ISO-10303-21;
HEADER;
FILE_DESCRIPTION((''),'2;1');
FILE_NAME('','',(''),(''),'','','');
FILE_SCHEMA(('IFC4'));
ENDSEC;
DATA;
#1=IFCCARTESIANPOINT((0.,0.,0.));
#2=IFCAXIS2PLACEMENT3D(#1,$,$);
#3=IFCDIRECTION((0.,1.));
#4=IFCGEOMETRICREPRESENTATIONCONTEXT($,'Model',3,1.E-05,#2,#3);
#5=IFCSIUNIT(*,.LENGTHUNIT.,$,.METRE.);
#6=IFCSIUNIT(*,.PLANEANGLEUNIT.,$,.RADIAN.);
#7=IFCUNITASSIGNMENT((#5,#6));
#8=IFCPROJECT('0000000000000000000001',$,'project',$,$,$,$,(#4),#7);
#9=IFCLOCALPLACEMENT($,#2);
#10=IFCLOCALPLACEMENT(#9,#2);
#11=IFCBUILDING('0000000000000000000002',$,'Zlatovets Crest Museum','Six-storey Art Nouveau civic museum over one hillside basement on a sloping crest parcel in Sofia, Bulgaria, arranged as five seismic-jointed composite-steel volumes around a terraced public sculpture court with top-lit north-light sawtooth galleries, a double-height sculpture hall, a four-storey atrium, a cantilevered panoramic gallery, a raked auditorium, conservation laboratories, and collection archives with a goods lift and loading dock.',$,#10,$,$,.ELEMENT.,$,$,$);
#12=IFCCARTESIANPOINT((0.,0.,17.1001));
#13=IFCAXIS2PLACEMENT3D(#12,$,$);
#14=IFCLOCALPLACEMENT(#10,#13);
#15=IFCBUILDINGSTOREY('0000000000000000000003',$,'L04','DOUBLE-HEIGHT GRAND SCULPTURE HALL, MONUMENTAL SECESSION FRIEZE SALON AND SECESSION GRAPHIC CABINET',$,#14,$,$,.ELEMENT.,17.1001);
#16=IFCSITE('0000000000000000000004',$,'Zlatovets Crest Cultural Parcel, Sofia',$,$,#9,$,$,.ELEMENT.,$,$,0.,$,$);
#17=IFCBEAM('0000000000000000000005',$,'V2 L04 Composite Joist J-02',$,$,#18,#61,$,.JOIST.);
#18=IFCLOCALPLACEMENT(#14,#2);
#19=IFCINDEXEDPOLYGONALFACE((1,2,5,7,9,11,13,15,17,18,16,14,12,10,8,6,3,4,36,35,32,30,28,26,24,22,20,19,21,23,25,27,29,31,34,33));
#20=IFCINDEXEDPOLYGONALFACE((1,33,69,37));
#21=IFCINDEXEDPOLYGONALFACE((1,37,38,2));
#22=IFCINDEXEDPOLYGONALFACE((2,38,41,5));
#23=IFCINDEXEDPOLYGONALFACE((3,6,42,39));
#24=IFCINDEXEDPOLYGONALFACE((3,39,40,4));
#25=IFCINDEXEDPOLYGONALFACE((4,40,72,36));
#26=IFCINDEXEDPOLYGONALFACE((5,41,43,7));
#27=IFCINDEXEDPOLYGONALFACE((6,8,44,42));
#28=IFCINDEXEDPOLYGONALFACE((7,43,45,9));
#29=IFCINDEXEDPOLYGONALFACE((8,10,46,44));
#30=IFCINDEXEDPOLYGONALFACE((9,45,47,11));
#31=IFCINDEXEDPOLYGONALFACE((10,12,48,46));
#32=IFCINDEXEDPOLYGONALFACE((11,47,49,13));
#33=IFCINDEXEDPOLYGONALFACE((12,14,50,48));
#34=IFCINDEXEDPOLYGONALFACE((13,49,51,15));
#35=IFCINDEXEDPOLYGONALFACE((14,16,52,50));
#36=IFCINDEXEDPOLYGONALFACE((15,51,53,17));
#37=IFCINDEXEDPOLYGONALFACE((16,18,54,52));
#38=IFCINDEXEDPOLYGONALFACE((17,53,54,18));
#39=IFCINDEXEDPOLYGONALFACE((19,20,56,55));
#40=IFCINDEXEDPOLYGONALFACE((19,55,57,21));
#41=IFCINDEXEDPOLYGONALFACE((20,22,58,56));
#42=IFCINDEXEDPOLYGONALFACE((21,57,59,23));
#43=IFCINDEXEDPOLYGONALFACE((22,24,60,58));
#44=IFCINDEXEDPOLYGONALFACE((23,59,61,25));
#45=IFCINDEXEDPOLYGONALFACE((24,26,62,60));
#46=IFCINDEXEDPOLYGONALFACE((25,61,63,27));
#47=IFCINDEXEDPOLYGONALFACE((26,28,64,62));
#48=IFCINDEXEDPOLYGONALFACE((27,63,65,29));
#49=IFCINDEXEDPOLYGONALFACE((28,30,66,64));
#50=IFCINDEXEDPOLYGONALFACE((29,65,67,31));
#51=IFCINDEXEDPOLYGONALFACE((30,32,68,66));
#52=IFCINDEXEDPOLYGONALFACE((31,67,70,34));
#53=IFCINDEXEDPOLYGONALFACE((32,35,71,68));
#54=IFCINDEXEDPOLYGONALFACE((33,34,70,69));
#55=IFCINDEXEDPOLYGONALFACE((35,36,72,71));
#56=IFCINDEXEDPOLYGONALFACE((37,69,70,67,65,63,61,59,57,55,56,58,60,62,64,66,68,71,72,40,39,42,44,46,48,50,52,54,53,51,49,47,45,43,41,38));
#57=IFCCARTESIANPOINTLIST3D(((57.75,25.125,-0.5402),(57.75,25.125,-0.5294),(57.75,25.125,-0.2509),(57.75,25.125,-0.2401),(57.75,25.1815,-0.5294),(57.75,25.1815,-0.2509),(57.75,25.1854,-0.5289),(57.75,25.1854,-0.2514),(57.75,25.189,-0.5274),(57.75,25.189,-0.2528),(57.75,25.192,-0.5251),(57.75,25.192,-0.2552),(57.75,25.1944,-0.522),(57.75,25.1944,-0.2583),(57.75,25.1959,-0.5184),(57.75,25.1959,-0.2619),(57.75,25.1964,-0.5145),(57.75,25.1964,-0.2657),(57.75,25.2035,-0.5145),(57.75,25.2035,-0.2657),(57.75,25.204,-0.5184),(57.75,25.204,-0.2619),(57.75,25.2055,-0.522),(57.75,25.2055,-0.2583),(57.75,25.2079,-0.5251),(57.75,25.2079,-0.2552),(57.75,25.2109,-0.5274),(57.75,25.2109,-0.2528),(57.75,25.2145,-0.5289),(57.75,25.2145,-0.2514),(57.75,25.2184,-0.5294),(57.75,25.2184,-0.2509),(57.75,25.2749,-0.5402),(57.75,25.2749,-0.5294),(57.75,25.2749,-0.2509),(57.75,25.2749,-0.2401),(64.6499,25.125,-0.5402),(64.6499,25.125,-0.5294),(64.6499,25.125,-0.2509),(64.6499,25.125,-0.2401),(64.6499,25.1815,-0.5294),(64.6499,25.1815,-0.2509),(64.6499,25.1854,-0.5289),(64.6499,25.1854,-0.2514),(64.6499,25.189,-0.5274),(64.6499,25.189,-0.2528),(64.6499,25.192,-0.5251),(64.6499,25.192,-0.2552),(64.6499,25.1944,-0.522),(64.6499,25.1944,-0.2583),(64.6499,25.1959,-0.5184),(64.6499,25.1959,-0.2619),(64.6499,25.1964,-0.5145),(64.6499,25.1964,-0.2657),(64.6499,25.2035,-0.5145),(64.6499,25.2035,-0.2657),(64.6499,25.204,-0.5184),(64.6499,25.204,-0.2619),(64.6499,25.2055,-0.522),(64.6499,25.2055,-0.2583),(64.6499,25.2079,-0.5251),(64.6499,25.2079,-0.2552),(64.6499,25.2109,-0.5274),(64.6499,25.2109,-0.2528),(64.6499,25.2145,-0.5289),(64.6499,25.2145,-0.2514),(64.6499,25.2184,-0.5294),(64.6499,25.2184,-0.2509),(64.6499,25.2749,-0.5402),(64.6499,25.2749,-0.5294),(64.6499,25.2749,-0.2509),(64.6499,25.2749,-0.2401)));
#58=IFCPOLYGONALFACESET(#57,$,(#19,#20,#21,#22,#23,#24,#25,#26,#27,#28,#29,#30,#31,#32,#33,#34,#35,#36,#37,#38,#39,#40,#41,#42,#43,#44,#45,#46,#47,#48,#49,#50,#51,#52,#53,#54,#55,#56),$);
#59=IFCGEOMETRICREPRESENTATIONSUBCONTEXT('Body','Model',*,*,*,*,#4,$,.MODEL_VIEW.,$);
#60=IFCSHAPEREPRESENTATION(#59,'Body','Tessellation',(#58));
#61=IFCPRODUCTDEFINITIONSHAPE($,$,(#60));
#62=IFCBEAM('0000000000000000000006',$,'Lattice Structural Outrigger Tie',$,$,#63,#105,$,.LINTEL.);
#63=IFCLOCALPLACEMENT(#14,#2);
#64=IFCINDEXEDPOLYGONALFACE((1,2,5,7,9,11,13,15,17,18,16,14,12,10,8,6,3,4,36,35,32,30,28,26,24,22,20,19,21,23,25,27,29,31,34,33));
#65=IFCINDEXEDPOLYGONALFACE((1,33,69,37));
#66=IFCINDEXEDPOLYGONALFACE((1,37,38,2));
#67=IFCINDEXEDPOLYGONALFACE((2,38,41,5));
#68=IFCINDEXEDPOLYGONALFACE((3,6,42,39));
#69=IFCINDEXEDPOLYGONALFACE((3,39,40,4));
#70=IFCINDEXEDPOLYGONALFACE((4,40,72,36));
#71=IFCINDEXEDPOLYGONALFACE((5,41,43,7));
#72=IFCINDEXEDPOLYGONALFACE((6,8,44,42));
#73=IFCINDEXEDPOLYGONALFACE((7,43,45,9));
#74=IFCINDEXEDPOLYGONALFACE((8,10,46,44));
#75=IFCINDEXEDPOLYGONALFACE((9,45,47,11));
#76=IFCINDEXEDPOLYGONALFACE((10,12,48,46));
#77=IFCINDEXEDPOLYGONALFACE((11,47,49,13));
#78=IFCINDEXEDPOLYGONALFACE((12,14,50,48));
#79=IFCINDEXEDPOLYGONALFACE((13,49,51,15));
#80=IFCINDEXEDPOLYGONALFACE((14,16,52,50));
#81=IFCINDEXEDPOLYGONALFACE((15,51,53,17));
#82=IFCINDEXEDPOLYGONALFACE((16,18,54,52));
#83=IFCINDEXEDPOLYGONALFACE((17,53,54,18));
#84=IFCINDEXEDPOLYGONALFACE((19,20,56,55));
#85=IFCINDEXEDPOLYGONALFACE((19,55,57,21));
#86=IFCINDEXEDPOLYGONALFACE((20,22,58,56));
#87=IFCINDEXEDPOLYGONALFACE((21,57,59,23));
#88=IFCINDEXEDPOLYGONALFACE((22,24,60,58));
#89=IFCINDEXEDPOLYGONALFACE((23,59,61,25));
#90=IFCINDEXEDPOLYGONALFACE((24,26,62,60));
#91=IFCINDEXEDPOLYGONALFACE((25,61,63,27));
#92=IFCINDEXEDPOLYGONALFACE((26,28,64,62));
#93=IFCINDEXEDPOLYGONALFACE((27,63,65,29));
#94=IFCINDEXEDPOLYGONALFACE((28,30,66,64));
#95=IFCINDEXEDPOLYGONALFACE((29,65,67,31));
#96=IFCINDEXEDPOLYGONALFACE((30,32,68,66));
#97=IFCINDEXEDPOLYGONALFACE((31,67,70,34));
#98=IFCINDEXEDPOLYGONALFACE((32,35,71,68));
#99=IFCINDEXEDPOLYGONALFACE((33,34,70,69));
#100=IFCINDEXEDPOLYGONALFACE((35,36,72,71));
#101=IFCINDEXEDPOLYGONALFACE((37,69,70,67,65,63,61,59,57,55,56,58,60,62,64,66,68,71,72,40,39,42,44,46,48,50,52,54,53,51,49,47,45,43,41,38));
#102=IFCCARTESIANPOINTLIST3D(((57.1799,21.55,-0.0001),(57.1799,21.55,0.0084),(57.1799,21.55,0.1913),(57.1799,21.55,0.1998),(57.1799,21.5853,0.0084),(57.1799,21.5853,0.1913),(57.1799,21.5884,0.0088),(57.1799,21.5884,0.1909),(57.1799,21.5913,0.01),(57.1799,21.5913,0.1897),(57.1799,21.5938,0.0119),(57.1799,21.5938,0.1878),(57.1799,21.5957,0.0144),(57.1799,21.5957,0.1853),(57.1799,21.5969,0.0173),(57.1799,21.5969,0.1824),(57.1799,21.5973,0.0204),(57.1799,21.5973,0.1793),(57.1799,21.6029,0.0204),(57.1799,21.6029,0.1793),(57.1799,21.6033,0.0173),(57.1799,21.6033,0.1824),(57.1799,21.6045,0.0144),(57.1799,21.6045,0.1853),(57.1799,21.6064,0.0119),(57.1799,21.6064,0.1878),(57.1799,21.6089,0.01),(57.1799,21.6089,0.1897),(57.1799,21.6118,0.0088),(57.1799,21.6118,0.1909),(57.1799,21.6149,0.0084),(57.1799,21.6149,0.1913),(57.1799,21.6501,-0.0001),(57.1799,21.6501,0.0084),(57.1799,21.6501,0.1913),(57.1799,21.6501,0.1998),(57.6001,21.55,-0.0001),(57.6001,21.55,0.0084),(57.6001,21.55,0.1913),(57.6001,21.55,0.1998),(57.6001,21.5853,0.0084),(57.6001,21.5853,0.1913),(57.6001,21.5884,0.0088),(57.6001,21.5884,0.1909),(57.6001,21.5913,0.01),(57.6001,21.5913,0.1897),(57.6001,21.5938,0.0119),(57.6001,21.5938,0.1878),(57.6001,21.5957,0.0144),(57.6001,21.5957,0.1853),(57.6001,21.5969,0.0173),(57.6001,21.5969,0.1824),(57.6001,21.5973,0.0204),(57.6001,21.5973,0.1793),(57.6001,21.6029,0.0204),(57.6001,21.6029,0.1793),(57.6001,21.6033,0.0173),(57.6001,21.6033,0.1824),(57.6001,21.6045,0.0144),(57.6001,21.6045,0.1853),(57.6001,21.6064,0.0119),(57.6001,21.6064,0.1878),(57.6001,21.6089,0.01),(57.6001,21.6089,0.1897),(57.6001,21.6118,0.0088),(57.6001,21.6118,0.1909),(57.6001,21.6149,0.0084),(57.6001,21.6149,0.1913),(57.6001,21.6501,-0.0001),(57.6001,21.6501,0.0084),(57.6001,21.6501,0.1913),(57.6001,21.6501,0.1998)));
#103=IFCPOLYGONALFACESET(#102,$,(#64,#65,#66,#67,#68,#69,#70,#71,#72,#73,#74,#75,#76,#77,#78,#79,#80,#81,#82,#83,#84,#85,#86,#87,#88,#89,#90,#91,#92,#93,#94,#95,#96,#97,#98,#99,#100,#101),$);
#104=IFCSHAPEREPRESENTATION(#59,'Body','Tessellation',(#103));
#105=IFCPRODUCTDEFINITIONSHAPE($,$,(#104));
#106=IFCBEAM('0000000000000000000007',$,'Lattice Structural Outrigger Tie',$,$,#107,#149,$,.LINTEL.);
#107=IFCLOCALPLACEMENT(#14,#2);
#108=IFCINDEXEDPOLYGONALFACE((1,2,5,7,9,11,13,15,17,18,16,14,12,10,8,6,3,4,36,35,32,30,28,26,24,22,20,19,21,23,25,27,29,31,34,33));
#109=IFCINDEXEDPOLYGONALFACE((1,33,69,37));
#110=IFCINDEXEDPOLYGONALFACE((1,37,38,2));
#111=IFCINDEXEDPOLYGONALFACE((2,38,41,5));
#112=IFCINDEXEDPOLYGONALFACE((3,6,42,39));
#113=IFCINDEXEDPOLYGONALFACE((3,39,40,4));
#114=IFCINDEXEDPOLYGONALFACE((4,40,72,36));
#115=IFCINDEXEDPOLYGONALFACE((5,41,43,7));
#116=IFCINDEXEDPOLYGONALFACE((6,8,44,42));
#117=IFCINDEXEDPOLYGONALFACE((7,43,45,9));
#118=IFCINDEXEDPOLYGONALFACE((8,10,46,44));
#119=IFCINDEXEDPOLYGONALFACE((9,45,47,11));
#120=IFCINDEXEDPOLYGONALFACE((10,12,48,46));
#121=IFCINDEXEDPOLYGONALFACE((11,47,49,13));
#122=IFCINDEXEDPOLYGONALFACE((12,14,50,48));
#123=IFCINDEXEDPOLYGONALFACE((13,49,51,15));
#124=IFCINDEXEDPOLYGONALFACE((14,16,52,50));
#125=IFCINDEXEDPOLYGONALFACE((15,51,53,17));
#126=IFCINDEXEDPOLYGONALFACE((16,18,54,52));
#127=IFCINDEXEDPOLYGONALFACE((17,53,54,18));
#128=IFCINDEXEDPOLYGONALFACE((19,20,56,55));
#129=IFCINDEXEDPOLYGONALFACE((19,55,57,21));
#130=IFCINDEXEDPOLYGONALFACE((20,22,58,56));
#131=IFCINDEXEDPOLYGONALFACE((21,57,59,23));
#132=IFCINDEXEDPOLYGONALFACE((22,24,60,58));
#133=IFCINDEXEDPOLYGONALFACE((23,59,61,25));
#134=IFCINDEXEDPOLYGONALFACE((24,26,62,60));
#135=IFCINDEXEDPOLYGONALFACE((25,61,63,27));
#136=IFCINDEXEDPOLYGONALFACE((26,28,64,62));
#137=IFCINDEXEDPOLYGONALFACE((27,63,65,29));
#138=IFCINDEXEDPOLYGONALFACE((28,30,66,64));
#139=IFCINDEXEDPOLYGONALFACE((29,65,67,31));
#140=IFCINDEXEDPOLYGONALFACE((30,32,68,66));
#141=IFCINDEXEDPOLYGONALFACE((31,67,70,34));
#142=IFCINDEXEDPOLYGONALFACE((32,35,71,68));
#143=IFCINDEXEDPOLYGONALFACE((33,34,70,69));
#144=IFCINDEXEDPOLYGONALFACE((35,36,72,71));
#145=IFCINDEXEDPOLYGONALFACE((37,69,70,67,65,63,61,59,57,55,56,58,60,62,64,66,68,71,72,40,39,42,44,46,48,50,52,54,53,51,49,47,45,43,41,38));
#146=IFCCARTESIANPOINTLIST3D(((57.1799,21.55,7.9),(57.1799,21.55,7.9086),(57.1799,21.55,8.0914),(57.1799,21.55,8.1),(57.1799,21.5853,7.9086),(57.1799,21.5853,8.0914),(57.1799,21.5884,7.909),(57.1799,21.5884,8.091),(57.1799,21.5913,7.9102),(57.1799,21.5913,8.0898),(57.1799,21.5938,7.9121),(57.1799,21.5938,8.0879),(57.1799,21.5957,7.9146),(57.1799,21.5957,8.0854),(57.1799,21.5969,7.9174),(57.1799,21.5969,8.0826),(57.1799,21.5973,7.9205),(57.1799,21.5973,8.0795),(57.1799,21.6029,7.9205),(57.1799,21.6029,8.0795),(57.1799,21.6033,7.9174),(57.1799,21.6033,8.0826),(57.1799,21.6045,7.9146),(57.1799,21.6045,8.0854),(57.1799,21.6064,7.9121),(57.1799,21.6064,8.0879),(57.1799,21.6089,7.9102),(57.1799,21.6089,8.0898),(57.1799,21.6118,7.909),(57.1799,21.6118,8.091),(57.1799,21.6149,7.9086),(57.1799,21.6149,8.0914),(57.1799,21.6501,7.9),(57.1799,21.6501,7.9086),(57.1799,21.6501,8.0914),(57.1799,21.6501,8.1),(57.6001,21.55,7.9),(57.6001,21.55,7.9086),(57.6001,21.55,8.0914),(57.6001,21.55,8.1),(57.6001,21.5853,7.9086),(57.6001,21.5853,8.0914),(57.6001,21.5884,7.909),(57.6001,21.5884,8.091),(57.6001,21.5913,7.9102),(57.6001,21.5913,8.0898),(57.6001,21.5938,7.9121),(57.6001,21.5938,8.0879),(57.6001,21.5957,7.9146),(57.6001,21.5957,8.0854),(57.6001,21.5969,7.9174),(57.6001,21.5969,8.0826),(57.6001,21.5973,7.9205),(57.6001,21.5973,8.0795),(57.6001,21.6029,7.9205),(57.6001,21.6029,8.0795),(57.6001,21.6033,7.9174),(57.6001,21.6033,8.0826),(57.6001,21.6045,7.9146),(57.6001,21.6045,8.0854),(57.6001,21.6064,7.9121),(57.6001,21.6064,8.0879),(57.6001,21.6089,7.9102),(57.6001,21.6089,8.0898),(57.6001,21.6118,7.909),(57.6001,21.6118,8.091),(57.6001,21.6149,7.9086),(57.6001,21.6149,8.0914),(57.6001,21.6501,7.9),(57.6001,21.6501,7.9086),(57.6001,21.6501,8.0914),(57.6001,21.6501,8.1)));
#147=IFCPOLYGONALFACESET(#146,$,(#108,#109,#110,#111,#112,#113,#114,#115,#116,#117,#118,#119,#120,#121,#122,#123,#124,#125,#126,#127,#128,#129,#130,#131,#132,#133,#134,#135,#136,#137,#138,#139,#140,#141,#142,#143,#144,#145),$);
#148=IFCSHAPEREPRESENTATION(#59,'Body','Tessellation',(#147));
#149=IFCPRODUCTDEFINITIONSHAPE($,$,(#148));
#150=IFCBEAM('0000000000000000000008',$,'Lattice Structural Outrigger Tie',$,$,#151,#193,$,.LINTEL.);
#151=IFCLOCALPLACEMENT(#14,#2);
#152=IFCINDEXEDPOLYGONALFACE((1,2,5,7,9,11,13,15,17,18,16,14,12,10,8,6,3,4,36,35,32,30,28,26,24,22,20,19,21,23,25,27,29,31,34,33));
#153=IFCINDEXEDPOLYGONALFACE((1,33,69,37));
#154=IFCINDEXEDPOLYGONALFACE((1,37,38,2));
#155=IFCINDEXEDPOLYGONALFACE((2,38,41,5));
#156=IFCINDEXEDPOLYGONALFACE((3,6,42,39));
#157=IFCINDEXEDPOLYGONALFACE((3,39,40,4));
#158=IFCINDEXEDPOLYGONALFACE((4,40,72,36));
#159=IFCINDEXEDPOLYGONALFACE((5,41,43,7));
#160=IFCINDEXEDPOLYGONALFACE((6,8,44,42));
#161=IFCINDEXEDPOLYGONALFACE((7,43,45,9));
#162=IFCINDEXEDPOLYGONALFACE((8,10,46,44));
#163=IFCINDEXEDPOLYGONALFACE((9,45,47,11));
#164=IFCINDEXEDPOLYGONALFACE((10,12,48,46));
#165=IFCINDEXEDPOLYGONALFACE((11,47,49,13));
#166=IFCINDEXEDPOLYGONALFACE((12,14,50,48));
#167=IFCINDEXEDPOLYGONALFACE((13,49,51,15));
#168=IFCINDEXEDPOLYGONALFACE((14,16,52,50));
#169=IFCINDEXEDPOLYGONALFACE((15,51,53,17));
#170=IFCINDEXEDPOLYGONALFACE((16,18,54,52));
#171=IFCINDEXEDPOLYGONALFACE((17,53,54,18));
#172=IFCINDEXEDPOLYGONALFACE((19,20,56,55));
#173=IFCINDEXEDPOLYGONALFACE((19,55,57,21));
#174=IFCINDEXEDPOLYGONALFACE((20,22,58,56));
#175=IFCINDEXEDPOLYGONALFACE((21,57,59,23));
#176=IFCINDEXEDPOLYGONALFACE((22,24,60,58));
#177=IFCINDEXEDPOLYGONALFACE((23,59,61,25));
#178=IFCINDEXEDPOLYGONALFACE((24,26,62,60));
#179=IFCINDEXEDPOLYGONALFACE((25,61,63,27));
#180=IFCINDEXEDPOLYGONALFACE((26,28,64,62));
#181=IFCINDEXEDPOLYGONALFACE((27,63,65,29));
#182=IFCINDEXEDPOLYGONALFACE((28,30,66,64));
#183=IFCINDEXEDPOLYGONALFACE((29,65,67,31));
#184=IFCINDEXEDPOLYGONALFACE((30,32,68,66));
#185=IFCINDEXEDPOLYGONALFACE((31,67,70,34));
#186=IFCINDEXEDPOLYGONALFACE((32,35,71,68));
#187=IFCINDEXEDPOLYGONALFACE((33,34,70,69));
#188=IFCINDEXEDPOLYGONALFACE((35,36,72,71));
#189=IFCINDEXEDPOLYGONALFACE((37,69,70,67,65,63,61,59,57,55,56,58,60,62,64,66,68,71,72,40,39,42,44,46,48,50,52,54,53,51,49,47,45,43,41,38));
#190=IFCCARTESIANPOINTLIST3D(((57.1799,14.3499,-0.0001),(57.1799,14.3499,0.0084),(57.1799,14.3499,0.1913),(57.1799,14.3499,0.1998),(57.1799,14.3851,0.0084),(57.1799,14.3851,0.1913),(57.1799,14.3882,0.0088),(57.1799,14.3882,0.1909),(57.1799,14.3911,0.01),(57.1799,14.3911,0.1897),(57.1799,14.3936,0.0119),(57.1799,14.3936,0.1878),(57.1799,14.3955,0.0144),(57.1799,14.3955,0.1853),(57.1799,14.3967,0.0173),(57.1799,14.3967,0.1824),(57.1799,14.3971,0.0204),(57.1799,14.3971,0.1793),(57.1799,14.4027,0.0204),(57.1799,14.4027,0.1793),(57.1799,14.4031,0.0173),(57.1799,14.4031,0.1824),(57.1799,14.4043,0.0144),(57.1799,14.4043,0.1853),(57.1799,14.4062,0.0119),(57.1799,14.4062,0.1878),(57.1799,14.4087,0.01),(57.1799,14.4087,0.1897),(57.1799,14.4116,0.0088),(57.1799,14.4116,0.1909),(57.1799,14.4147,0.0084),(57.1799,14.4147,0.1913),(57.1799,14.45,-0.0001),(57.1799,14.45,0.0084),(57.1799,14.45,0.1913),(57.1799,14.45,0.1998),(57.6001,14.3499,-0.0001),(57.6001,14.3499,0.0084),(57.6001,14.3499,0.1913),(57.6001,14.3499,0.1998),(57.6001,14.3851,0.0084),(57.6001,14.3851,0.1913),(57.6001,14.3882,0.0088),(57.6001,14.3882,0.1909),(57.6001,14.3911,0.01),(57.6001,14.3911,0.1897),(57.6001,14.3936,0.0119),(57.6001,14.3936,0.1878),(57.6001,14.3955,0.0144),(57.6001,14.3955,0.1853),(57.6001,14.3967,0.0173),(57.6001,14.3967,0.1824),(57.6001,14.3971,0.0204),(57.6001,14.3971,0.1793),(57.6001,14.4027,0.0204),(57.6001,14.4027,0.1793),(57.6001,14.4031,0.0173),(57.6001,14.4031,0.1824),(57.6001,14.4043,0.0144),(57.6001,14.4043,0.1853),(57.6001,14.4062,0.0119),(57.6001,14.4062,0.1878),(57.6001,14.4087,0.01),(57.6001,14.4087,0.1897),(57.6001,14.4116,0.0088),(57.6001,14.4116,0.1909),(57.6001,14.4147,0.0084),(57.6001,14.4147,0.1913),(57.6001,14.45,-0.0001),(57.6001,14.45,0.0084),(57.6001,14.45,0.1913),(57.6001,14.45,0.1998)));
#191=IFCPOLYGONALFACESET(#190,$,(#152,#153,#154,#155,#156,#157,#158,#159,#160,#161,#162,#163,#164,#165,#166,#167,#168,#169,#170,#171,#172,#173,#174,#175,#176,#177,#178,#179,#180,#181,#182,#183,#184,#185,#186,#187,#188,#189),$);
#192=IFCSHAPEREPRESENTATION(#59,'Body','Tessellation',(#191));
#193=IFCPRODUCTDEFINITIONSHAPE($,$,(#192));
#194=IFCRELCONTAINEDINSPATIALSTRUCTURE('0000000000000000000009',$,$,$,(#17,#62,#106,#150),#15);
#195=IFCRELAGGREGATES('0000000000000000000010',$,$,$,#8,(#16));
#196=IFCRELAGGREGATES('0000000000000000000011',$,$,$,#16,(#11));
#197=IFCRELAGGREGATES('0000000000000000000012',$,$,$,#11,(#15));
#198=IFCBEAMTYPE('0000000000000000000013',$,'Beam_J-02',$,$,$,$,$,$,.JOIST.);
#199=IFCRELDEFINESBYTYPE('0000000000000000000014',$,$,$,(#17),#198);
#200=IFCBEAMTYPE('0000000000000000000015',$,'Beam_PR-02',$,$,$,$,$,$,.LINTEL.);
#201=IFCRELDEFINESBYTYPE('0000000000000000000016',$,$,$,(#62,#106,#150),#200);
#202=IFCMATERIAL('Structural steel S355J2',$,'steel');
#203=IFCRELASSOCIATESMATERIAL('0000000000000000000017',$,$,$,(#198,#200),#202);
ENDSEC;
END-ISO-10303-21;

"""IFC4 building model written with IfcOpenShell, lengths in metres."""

from ifc_helpers import new_model, si_unit, direction, frame, origin, origin_2d, place, context, subcontext, project, spatial, i_section, extrude, material, material_profile, profile_set, type_object, element, save


model = new_model("IFC4")

# Units and contexts
model_context = context("Model", 3, precision=1e-05, world=origin(), true_north=direction((0.0, 1.0)))
body_context = subcontext(model_context, "Body", "Model", "MODEL_VIEW")
ifc_project = project(units=[si_unit("LENGTHUNIT", "METRE"), si_unit("PLANEANGLEUNIT", "RADIAN")], contexts=[model_context])

# Site, building, storey
site_placement = place(None, origin())
site = spatial("IfcSite", under=ifc_project, at=site_placement, Name="Zlatovets Crest Cultural Parcel, Sofia", CompositionType="ELEMENT", RefElevation=0.0)
building_placement = place(site_placement, origin())
building = spatial("IfcBuilding", under=site, at=building_placement, Name="Zlatovets Crest Museum", Description="Six-storey Art Nouveau civic museum over one hillside basement on a sloping crest parcel in Sofia, Bulgaria, arranged as five seismic-jointed composite-steel volumes around a terraced public sculpture court with top-lit north-light sawtooth galleries, a double-height sculpture hall, a four-storey atrium, a cantilevered panoramic gallery, a raked auditorium, conservation laboratories, and collection archives with a goods lift and loading dock.", CompositionType="ELEMENT")
storey_placement = place(building_placement, frame((0.0, 0.0, 17.1001)))
storey = spatial("IfcBuildingStorey", under=building, at=storey_placement, Name="L04", Description="DOUBLE-HEIGHT GRAND SCULPTURE HALL, MONUMENTAL SECESSION FRIEZE SALON AND SECESSION GRAPHIC CABINET", CompositionType="ELEMENT", Elevation=17.1001)

# Shared definitions
ifc_material_1 = material(Name="Structural steel S355J2", Category="steel")

# Beams
ifc_material_profile_1 = material_profile(ifc_material_1, i_section(OverallWidth=0.1499, OverallDepth=0.3, WebThickness=0.0071, FlangeThickness=0.0107, FilletRadius=0.0149, at=origin_2d()), Name="IPE 300")
ifc_profile_set_1 = profile_set([ifc_material_profile_1], Name="Structural steel S355J2")
beam_type_1 = type_object("IfcBeamType", Name="Beam_J-02", PredefinedType="JOIST", material=ifc_profile_set_1)
beam_1_placement = place(storey_placement, frame((57.75, 25.2, -0.3901), z_axis=(1.0, 0.0, 0.0), x_axis=(0.0, 1.0, 0.0)))
element("IfcBeam", 1, at=beam_1_placement, inside=storey, type_object=beam_type_1, Name="V2 L04 Composite Joist J-02", PredefinedType="JOIST", context=body_context, shape_type="SweptSolid", body=[
    extrude(i_section(OverallWidth=0.1499, OverallDepth=0.3, WebThickness=0.0071, FlangeThickness=0.0107, FilletRadius=0.0149, at=origin_2d()), origin(), (0.0, 0.0, 1.0), 6.8999),
])
ifc_material_profile_2 = material_profile(ifc_material_1, i_section(OverallWidth=0.1001, OverallDepth=0.2, WebThickness=0.0056, FlangeThickness=0.0085, FilletRadius=0.012, at=origin_2d()), Name="IPE 200")
ifc_profile_set_2 = profile_set([ifc_material_profile_2], Name="Structural steel S355J2")
beam_type_2 = type_object("IfcBeamType", Name="Beam_PR-02", PredefinedType="LINTEL", material=ifc_profile_set_2)
for number, where, z_axis, x_axis, name in (
    (2, (57.6001, 21.6001, 0.0999), (-1.0, 0.0, 0.0), (0.0, -1.0, 0.0), "Lattice Structural Outrigger Tie"),
    (3, (57.6001, 21.6001, 8.0), (-1.0, 0.0, 0.0), (0.0, -1.0, 0.0), "Lattice Structural Outrigger Tie"),
    (4, (57.6001, 14.3999, 0.0999), (-1.0, 0.0, 0.0), (0.0, -1.0, 0.0), "Lattice Structural Outrigger Tie"),
):
    element("IfcBeam", number, at=place(storey_placement, frame(where, z_axis=z_axis, x_axis=x_axis)), inside=storey, type_object=beam_type_2, Name=name, PredefinedType="LINTEL", context=body_context, shape_type="SweptSolid", body=[
        extrude(i_section(OverallWidth=0.1001, OverallDepth=0.2, WebThickness=0.0056, FlangeThickness=0.0085, FilletRadius=0.012, at=origin_2d()), origin(), (0.0, 0.0, 1.0), 0.4202),
    ])

save(model, "model.ifc")
